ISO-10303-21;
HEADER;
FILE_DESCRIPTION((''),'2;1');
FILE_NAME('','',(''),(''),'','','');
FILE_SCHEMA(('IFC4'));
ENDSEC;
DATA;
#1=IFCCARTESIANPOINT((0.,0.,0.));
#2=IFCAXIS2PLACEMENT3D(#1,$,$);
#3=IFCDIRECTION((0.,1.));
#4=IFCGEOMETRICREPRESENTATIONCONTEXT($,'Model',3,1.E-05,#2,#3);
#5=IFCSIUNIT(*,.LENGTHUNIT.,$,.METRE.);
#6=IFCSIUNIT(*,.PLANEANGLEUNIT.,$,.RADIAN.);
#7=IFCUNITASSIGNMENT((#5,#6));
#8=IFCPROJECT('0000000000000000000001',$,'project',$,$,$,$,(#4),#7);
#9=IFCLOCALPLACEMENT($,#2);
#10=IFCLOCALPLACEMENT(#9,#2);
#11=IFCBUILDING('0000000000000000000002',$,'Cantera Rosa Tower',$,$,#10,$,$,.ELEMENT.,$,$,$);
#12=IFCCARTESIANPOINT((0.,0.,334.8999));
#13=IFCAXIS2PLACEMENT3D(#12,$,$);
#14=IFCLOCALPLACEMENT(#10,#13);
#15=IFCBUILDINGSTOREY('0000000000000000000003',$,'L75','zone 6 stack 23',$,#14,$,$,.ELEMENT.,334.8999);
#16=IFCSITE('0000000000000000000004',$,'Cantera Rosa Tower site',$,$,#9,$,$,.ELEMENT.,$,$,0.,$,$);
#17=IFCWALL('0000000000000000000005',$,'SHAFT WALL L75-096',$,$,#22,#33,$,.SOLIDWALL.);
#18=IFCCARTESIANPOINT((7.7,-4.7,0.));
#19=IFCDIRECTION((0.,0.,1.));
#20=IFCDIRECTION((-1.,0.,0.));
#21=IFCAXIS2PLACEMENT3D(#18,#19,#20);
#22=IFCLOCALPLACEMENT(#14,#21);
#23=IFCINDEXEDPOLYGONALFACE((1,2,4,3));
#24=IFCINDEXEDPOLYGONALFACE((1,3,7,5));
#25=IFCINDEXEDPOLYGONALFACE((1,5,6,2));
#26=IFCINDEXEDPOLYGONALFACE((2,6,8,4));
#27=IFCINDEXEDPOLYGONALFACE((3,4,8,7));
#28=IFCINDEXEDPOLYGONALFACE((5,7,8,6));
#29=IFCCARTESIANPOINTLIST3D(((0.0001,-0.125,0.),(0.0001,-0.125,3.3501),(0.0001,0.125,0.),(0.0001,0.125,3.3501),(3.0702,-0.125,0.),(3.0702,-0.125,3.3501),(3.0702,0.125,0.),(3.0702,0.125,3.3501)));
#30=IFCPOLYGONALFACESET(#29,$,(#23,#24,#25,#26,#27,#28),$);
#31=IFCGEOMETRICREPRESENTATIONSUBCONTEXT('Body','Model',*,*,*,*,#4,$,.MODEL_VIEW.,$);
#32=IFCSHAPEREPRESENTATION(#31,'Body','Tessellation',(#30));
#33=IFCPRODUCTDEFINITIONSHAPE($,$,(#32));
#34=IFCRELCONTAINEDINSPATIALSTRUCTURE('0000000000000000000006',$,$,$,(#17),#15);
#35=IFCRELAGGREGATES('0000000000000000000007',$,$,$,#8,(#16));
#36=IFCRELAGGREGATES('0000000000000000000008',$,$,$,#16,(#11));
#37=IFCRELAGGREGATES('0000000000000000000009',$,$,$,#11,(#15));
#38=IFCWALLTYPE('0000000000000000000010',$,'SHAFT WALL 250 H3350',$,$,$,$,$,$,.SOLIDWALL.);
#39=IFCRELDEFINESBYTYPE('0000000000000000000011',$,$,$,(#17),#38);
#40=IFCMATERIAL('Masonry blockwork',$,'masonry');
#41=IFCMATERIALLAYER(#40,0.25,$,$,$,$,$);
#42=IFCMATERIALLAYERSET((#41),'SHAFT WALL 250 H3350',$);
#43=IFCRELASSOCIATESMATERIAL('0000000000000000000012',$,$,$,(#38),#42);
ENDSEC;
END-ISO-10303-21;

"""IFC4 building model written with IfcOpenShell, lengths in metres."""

from ifc_helpers import new_model, si_unit, direction, frame, frame_2d, origin, place, context, subcontext, project, spatial, rectangle, extrude, material, layer, layer_set, type_object, element, save


model = new_model("IFC4")

# Units and contexts
model_context = context("Model", 3, precision=1e-05, world=origin(), true_north=direction((0.0, 1.0)))
body_context = subcontext(model_context, "Body", "Model", "MODEL_VIEW")
ifc_project = project(units=[si_unit("LENGTHUNIT", "METRE"), si_unit("PLANEANGLEUNIT", "RADIAN")], contexts=[model_context])

# Site, building, storey
site_placement = place(None, origin())
site = spatial("IfcSite", under=ifc_project, at=site_placement, Name="Cantera Rosa Tower site", CompositionType="ELEMENT", RefElevation=0.0)
building_placement = place(site_placement, origin())
building = spatial("IfcBuilding", under=site, at=building_placement, Name="Cantera Rosa Tower", CompositionType="ELEMENT")
storey_placement = place(building_placement, frame((0.0, 0.0, 334.8999)))
storey = spatial("IfcBuildingStorey", under=building, at=storey_placement, Name="L75", Description="zone 6 stack 23", CompositionType="ELEMENT", Elevation=334.8999)

# Wall
ifc_material_1 = material(Name="Masonry blockwork", Category="masonry")
ifc_layer_1 = layer(ifc_material_1, 0.25)
ifc_layer_set_1 = layer_set([ifc_layer_1], Name="SHAFT WALL 250 H3350")
wall_type_1 = type_object("IfcWallType", Name="SHAFT WALL 250 H3350", PredefinedType="SOLIDWALL", material=ifc_layer_set_1)
wall_1_placement = place(storey_placement, frame((7.7, -4.7, 0.0), z_axis=(0.0, 0.0, 1.0), x_axis=(-1.0, 0.0, 0.0)))
element("IfcWall", 1, at=wall_1_placement, inside=storey, type_object=wall_type_1, Name="SHAFT WALL L75-096", PredefinedType="SOLIDWALL", context=body_context, shape_type="SweptSolid", body=[
    extrude(rectangle(XDim=3.0701, YDim=0.25, at=frame_2d((1.5352, 0.0))), origin(), (0.0, 0.0, 1.0), 3.3501),
])

save(model, "model.ifc")
